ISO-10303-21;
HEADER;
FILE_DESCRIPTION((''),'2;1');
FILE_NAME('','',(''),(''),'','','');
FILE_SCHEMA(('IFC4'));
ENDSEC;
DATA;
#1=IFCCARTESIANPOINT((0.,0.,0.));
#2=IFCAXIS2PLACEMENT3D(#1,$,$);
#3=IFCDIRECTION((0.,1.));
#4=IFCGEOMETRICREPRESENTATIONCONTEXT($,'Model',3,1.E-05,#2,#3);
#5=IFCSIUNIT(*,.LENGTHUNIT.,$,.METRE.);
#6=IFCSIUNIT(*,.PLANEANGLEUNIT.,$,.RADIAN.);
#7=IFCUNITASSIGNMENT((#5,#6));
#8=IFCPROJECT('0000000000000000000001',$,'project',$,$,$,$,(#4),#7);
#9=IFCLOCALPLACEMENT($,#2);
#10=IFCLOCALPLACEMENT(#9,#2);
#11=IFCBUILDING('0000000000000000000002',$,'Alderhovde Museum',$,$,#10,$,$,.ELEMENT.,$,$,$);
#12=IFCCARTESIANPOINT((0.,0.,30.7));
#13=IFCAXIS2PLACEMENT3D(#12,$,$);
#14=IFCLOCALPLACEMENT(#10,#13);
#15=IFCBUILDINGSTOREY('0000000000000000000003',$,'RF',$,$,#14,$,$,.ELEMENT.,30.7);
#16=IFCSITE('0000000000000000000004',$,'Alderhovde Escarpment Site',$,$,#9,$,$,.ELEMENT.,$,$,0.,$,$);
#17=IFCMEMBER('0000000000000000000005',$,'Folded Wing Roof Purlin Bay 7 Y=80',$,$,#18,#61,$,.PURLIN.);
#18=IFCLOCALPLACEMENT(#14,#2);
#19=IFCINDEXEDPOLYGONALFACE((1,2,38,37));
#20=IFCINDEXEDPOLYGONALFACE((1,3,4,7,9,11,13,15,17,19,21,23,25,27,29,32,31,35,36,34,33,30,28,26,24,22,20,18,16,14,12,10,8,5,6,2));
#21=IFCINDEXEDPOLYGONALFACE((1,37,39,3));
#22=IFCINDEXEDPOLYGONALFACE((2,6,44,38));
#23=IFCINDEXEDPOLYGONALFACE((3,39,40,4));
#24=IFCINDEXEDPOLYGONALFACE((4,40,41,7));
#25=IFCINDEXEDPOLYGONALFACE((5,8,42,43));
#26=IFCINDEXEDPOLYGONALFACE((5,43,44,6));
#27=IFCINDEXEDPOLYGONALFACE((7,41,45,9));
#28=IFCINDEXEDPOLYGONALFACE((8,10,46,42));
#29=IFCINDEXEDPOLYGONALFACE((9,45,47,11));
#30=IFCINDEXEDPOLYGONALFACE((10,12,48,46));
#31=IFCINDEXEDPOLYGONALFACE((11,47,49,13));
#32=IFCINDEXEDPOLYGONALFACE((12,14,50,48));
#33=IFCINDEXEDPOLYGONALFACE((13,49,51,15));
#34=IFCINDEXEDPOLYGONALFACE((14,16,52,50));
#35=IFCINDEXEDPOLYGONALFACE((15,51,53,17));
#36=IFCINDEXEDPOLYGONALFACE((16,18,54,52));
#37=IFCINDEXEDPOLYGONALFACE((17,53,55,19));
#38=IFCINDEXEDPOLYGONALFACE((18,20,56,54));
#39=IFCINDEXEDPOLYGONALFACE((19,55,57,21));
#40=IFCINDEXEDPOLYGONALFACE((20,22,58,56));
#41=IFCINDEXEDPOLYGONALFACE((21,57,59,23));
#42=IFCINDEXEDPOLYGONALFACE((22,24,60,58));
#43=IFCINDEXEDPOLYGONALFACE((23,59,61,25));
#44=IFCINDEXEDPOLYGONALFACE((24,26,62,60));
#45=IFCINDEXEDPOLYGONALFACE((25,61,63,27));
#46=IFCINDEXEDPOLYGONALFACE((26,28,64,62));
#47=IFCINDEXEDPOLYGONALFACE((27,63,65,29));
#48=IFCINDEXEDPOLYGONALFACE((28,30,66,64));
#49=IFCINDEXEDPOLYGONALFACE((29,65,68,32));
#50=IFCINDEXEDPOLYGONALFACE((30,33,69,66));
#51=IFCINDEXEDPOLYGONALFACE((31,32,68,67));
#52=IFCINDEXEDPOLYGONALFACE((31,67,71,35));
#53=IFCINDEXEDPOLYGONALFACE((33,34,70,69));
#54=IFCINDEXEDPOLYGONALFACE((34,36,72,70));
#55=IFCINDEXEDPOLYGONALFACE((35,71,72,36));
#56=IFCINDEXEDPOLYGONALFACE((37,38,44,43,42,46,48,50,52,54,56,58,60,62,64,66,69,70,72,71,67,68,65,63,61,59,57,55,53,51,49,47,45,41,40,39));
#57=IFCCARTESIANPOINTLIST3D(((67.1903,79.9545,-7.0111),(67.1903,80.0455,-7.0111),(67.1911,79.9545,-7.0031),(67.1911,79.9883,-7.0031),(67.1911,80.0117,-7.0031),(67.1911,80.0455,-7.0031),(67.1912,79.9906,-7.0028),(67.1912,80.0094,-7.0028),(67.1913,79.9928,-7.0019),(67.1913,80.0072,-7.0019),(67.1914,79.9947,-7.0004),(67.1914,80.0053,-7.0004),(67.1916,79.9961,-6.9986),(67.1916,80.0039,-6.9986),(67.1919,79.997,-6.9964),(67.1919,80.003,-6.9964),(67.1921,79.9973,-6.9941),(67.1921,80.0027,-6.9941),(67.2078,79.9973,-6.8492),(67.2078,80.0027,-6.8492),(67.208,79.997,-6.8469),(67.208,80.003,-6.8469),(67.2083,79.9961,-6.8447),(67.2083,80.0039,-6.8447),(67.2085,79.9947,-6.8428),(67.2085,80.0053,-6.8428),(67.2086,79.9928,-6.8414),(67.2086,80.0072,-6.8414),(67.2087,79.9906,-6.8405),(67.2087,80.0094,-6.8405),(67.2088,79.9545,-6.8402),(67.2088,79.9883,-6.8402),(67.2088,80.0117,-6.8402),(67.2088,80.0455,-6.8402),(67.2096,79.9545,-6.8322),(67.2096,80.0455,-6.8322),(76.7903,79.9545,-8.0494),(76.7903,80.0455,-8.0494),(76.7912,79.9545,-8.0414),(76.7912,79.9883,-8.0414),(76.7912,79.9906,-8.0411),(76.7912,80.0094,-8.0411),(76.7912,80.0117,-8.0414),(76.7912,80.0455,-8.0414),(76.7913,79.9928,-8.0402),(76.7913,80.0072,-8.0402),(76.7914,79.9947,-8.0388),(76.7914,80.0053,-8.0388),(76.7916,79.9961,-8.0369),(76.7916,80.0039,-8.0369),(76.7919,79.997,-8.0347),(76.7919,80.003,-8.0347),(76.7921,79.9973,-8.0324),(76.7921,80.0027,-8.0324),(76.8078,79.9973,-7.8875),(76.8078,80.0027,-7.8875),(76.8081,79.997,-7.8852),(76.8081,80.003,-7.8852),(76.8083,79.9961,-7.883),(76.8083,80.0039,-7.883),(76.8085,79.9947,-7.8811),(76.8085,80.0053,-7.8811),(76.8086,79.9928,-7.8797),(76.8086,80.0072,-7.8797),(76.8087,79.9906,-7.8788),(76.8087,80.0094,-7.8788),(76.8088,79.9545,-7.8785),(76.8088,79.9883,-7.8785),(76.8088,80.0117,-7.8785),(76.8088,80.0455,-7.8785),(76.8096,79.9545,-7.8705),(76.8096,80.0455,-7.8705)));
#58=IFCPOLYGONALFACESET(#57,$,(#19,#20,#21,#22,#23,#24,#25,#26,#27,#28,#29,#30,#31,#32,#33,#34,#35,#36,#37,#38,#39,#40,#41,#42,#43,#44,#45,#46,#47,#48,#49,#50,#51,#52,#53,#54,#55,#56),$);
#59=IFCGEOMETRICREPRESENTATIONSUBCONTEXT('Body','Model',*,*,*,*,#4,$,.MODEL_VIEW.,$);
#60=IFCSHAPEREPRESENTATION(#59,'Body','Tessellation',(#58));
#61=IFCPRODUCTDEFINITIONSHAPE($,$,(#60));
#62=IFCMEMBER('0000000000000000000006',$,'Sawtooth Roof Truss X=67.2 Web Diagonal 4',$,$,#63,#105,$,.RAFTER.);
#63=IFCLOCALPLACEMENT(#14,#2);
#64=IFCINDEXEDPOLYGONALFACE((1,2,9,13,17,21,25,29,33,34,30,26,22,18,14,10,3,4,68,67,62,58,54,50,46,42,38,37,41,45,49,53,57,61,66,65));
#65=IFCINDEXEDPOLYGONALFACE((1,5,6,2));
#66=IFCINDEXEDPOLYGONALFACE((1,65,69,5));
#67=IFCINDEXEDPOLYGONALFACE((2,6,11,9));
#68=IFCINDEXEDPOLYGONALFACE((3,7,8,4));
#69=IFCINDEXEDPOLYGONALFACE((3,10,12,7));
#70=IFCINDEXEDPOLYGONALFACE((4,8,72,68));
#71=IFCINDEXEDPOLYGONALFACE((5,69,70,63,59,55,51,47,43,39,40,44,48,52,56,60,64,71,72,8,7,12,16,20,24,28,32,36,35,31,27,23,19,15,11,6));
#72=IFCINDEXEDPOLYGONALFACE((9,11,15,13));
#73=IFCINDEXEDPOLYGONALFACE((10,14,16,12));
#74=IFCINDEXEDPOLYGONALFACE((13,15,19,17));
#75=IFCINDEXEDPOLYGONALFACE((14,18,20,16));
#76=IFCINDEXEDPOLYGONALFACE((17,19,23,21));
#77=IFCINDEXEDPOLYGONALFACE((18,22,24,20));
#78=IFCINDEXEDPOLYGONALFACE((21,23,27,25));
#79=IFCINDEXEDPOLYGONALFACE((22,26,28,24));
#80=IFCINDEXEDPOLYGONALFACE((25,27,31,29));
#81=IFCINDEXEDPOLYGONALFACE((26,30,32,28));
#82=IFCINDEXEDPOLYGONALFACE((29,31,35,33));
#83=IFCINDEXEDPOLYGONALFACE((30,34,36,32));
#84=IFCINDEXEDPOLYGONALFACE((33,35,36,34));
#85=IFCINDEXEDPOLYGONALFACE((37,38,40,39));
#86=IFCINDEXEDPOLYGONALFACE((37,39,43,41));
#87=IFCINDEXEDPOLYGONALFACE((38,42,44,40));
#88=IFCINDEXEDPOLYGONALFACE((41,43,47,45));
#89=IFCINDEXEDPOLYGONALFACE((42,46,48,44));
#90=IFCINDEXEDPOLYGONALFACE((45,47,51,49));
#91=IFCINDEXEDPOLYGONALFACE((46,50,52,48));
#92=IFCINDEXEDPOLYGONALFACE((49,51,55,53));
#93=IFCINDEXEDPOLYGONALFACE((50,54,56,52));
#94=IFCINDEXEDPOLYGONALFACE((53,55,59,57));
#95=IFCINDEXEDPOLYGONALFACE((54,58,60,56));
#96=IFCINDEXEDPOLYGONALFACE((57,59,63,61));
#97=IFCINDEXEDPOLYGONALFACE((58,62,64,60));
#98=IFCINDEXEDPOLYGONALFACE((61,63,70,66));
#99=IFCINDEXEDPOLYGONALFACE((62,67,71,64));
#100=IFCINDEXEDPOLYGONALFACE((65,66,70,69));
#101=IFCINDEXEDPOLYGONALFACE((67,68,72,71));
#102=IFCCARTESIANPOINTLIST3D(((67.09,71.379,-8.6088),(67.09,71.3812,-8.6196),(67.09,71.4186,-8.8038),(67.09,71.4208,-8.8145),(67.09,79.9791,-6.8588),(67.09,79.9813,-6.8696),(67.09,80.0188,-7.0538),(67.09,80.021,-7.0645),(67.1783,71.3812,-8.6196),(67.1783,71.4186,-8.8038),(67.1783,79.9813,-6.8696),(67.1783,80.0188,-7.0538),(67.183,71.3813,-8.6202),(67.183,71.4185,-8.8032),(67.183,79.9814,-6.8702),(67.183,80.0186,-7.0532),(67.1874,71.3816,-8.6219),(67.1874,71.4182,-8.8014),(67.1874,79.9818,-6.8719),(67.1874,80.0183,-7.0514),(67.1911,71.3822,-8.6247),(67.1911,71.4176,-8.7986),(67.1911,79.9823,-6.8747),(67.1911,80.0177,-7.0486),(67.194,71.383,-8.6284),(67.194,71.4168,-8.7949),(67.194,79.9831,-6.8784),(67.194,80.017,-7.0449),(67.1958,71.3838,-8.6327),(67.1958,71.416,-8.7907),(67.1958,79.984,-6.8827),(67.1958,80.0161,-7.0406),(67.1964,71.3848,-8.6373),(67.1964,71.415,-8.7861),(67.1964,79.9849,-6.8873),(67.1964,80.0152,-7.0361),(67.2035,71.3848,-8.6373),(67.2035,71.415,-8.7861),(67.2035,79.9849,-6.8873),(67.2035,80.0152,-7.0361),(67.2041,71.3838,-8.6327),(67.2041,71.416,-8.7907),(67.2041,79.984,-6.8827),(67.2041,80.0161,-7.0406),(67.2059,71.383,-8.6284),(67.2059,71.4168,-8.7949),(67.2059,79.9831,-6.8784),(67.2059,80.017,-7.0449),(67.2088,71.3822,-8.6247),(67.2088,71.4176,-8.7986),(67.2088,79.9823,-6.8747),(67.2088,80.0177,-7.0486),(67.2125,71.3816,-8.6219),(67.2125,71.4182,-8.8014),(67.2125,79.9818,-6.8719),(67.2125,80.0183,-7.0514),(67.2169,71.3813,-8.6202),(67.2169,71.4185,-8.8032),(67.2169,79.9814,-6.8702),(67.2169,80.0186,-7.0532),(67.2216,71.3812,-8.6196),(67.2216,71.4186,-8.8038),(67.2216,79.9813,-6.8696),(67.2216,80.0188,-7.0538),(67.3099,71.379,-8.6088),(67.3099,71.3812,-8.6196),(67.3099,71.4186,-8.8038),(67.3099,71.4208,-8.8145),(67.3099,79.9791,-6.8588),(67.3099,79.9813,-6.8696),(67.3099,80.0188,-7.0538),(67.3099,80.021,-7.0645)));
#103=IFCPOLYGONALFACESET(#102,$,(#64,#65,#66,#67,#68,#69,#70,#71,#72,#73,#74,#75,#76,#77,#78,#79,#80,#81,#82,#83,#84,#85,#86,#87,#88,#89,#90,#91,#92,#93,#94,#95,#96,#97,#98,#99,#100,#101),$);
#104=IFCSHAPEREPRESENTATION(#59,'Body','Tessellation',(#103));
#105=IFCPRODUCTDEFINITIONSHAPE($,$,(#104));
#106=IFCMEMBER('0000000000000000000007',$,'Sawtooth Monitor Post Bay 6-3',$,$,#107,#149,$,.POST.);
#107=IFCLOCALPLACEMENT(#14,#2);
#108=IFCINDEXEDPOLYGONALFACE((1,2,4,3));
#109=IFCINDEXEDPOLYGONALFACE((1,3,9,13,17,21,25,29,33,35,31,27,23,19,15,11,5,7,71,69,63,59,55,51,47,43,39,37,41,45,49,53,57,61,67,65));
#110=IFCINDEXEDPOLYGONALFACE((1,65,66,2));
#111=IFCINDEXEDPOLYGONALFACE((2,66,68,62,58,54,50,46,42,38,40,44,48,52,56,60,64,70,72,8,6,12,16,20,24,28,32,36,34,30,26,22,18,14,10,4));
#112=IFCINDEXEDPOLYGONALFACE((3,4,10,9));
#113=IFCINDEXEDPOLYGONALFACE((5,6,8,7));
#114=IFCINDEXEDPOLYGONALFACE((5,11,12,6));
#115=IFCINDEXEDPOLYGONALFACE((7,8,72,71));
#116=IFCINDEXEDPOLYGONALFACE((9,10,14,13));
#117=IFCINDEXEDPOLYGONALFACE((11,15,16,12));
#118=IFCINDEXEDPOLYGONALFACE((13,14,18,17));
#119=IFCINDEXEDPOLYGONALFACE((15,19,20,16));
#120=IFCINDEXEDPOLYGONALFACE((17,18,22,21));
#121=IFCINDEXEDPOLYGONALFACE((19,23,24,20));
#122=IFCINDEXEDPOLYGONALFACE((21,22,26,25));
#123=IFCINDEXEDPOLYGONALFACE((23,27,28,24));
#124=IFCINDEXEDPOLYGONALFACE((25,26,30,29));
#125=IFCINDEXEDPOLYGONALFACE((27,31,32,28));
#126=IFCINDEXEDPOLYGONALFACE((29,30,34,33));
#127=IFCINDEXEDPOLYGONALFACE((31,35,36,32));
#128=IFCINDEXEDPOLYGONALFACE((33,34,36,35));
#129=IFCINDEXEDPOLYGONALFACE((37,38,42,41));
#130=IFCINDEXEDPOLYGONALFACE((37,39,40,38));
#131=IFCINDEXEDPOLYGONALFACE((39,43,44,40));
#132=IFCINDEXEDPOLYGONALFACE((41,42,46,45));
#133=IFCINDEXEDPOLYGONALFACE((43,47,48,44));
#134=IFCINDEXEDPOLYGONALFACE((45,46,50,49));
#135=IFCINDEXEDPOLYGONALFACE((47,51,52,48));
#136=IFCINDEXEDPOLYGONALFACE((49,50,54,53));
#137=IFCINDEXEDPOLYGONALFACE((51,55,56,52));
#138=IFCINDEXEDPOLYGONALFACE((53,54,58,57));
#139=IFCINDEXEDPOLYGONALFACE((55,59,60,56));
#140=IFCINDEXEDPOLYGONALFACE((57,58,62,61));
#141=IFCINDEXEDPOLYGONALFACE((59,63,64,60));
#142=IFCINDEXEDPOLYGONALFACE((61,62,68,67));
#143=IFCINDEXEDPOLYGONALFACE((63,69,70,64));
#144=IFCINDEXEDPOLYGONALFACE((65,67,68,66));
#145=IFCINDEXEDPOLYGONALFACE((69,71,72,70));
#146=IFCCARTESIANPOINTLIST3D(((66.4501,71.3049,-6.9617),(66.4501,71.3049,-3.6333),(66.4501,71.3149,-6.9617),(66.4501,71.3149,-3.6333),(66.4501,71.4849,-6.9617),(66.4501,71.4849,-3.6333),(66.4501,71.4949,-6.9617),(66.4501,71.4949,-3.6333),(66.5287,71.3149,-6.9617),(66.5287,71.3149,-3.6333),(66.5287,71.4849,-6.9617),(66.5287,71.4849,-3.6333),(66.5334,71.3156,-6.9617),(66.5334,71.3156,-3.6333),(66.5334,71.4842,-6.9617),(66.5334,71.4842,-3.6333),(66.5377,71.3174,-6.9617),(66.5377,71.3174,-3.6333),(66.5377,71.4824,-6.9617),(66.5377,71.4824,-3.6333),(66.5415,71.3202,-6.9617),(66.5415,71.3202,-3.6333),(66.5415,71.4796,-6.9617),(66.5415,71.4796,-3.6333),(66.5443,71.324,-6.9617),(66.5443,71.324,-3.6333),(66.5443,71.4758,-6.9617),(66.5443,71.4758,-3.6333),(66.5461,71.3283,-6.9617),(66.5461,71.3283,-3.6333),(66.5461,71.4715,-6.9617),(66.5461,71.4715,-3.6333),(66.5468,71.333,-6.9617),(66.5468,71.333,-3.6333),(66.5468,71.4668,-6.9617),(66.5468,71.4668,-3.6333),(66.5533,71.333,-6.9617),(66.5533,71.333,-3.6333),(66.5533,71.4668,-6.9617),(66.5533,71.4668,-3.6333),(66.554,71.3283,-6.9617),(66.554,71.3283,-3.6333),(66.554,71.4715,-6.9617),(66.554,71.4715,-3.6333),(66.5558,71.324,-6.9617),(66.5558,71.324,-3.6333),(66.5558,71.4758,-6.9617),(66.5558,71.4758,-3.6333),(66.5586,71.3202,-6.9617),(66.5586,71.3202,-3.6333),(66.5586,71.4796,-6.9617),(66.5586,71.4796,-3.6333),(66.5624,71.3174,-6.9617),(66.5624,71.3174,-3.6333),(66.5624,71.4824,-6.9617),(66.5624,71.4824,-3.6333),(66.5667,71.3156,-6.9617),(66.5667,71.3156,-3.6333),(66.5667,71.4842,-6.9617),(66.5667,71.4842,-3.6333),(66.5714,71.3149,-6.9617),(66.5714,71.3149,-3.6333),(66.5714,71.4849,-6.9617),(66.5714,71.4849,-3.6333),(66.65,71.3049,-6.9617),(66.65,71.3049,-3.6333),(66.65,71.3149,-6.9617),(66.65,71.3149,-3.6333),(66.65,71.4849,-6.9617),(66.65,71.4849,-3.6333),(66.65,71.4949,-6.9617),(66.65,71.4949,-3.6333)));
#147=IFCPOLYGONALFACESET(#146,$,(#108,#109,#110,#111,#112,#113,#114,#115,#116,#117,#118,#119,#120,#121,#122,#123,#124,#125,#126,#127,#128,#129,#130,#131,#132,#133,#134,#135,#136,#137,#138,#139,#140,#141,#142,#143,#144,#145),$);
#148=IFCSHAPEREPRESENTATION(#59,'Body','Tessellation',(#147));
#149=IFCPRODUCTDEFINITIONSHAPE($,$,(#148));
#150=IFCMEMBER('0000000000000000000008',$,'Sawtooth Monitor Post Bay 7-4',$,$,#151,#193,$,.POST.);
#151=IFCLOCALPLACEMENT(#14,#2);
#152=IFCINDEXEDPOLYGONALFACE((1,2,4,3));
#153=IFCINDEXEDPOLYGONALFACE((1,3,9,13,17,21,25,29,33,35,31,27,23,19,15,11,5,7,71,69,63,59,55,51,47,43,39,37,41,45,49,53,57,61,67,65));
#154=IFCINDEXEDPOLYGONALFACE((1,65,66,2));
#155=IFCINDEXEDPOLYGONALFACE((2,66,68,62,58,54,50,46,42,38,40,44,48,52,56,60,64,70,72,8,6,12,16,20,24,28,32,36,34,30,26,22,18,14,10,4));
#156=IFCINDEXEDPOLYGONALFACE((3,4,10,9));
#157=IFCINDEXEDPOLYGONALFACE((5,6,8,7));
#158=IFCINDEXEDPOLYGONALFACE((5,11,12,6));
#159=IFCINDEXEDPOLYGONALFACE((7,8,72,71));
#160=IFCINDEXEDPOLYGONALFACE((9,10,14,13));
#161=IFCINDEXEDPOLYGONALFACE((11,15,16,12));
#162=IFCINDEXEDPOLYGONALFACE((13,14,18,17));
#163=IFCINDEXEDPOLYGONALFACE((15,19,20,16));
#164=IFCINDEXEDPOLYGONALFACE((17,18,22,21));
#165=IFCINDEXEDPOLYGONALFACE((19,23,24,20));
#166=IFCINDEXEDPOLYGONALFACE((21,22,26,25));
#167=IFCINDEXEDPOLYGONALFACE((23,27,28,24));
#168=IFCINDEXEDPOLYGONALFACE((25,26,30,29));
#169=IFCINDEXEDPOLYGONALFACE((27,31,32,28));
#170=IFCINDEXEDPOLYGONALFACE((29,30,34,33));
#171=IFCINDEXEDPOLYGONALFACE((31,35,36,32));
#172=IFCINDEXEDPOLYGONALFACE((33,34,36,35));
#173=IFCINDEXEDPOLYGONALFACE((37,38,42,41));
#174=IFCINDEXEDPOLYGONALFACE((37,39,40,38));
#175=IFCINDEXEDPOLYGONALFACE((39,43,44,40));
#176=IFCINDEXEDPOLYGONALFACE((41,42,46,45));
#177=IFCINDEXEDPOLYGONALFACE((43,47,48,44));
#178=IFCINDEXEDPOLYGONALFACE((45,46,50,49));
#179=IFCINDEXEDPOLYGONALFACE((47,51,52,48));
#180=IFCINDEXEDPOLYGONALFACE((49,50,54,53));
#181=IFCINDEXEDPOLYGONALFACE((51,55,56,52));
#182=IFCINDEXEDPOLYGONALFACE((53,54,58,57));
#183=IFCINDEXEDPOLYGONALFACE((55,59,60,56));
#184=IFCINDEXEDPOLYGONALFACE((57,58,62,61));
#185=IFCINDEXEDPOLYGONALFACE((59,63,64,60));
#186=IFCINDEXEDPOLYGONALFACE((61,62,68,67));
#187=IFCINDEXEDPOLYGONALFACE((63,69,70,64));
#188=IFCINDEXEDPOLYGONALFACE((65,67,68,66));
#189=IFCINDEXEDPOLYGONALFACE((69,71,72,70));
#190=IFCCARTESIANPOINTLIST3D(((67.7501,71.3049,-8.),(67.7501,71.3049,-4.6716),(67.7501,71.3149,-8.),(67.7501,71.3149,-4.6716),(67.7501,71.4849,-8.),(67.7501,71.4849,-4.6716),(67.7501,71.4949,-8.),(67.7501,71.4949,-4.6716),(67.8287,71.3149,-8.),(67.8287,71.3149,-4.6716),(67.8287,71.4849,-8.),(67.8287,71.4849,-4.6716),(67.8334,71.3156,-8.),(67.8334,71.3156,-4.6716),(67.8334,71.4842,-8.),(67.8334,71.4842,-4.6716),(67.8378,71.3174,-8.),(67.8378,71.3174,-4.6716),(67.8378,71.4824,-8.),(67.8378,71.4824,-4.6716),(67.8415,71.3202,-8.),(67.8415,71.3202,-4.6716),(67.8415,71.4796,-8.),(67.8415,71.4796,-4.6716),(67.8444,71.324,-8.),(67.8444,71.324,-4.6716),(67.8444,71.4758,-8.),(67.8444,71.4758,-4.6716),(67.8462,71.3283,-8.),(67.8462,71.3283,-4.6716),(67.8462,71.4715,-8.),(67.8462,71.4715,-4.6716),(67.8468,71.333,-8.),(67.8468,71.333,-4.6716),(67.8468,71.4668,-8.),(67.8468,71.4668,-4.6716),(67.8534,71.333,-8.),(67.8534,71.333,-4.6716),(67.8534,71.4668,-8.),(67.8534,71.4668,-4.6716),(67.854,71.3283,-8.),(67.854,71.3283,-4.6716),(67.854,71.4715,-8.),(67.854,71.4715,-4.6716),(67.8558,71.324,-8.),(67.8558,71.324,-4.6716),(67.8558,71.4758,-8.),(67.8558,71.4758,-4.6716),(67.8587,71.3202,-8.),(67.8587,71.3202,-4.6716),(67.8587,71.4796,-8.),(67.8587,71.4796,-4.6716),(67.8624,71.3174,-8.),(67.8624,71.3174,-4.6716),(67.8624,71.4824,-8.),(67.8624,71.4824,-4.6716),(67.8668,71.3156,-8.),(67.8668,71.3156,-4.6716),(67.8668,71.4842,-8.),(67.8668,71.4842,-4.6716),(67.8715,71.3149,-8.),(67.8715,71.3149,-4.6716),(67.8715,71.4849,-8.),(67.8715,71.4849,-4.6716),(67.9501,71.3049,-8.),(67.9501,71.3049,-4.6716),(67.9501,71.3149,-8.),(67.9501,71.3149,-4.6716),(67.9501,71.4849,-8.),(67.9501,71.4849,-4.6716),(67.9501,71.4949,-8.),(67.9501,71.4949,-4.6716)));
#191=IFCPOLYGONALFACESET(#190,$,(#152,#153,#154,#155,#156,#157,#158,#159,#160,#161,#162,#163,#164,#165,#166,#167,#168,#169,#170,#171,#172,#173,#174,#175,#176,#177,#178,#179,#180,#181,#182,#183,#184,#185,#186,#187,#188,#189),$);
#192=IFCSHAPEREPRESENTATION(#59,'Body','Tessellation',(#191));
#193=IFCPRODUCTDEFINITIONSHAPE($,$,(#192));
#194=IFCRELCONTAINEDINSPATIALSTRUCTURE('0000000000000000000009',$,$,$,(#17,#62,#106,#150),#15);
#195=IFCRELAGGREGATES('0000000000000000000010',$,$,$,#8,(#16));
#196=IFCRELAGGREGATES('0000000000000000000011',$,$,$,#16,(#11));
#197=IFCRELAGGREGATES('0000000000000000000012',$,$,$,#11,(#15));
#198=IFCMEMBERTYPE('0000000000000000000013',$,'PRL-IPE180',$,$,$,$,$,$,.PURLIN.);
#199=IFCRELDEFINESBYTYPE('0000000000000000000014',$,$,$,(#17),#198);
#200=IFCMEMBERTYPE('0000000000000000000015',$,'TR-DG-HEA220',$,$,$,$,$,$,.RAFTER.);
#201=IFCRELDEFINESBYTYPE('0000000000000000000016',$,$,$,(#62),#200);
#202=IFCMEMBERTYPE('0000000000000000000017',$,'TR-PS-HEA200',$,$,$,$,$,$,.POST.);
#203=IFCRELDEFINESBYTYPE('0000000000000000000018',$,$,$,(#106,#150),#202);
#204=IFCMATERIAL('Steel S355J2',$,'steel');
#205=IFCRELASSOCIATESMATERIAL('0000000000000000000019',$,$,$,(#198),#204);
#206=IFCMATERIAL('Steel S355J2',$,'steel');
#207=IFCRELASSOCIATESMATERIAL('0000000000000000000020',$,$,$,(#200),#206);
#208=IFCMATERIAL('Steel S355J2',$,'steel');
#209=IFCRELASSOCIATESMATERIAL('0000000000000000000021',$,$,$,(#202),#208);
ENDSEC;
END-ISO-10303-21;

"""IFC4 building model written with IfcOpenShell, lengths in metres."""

from ifc_helpers import new_model, si_unit, direction, frame, origin, origin_2d, place, context, subcontext, project, spatial, i_section, extrude, material, material_profile, profile_set, type_object, element, save


model = new_model("IFC4")

# Units and contexts
model_context = context("Model", 3, precision=1e-05, world=origin(), true_north=direction((0.0, 1.0)))
body_context = subcontext(model_context, "Body", "Model", "MODEL_VIEW")
ifc_project = project(units=[si_unit("LENGTHUNIT", "METRE"), si_unit("PLANEANGLEUNIT", "RADIAN")], contexts=[model_context])

# Site, building, storey
site_placement = place(None, origin())
site = spatial("IfcSite", under=ifc_project, at=site_placement, Name="Alderhovde Escarpment Site", CompositionType="ELEMENT", RefElevation=0.0)
building_placement = place(site_placement, origin())
building = spatial("IfcBuilding", under=site, at=building_placement, Name="Alderhovde Museum", CompositionType="ELEMENT")
storey_placement = place(building_placement, frame((0.0, 0.0, 30.7)))
storey = spatial("IfcBuildingStorey", under=building, at=storey_placement, Name="RF", CompositionType="ELEMENT", Elevation=30.7)

# Members
ifc_material_1 = material(Name="Steel S355J2", Category="steel")
ifc_material_profile_1 = material_profile(ifc_material_1, i_section(OverallWidth=0.0911, OverallDepth=0.1799, WebThickness=0.0054, FlangeThickness=0.0081, FilletRadius=0.009, at=origin_2d()), Name="IPE 180")
ifc_profile_set_1 = profile_set([ifc_material_profile_1], Name="Steel S355J2")
member_type_1 = type_object("IfcMemberType", Name="PRL-IPE180", PredefinedType="PURLIN", material=ifc_profile_set_1)
for number, where, z_axis, x_axis, name in (
    (1, (67.2, 80.0, -6.9216), (0.994202, 0.0, -0.107531), (0.0, 1.0, 0.0), "Folded Wing Roof Purlin Bay 7 Y=80"),
):
    element("IfcMember", number, at=place(storey_placement, frame(where, z_axis=z_axis, x_axis=x_axis)), inside=storey, type_object=member_type_1, Name=name, PredefinedType="PURLIN", context=body_context, shape_type="SweptSolid", body=[
        extrude(i_section(OverallWidth=0.0911, OverallDepth=0.1799, WebThickness=0.0054, FlangeThickness=0.0081, FilletRadius=0.009, at=origin_2d()), origin(), (0.0, 0.0, 1.0), 9.656),
    ])
ifc_material_2 = material(Name="Steel S355J2", Category="steel")
ifc_material_profile_2 = material_profile(ifc_material_2, i_section(OverallWidth=0.22, OverallDepth=0.21, WebThickness=0.0071, FlangeThickness=0.011, FilletRadius=0.0181, at=origin_2d()), Name="HEA 220")
ifc_profile_set_2 = profile_set([ifc_material_profile_2], Name="Steel S355J2")
member_type_2 = type_object("IfcMemberType", Name="TR-DG-HEA220", PredefinedType="RAFTER", material=ifc_profile_set_2)
member_1_placement = place(storey_placement, frame((67.2, 71.3999, -8.7117), z_axis=(0.0, 0.979918, 0.1994), x_axis=(-1.0, 0.0, 0.0)))
element("IfcMember", 2, at=member_1_placement, inside=storey, type_object=member_type_2, Name="Sawtooth Roof Truss X=67.2 Web Diagonal 4", PredefinedType="RAFTER", context=body_context, shape_type="SweptSolid", body=[
    extrude(i_section(OverallWidth=0.22, OverallDepth=0.21, WebThickness=0.0071, FlangeThickness=0.011, FilletRadius=0.0181, at=origin_2d()), origin(), (0.0, 0.0, 1.0), 8.7764),
])
ifc_material_3 = material(Name="Steel S355J2", Category="steel")
ifc_material_profile_3 = material_profile(ifc_material_3, i_section(OverallWidth=0.2, OverallDepth=0.1899, WebThickness=0.0066, FlangeThickness=0.01, FilletRadius=0.0181, at=origin_2d()), Name="HEA 200")
ifc_profile_set_3 = profile_set([ifc_material_profile_3], Name="Steel S355J2")
member_type_3 = type_object("IfcMemberType", Name="TR-PS-HEA200", PredefinedType="POST", material=ifc_profile_set_3)
for number, where, z_axis, x_axis, name in (
    (3, (66.55, 71.3999, -6.9617), (0.0, 0.0, 1.0), (1.0, 0.0, 0.0), "Sawtooth Monitor Post Bay 6-3"),
    (4, (67.8501, 71.3999, -8.0), (0.0, 0.0, 1.0), (1.0, 0.0, 0.0), "Sawtooth Monitor Post Bay 7-4"),
):
    element("IfcMember", number, at=place(storey_placement, frame(where, z_axis=z_axis, x_axis=x_axis)), inside=storey, type_object=member_type_3, Name=name, PredefinedType="POST", context=body_context, shape_type="SweptSolid", body=[
        extrude(i_section(OverallWidth=0.2, OverallDepth=0.1899, WebThickness=0.0066, FlangeThickness=0.01, FilletRadius=0.0181, at=origin_2d()), origin(), (0.0, 0.0, 1.0), 3.3284),
    ])

save(model, "model.ifc")
